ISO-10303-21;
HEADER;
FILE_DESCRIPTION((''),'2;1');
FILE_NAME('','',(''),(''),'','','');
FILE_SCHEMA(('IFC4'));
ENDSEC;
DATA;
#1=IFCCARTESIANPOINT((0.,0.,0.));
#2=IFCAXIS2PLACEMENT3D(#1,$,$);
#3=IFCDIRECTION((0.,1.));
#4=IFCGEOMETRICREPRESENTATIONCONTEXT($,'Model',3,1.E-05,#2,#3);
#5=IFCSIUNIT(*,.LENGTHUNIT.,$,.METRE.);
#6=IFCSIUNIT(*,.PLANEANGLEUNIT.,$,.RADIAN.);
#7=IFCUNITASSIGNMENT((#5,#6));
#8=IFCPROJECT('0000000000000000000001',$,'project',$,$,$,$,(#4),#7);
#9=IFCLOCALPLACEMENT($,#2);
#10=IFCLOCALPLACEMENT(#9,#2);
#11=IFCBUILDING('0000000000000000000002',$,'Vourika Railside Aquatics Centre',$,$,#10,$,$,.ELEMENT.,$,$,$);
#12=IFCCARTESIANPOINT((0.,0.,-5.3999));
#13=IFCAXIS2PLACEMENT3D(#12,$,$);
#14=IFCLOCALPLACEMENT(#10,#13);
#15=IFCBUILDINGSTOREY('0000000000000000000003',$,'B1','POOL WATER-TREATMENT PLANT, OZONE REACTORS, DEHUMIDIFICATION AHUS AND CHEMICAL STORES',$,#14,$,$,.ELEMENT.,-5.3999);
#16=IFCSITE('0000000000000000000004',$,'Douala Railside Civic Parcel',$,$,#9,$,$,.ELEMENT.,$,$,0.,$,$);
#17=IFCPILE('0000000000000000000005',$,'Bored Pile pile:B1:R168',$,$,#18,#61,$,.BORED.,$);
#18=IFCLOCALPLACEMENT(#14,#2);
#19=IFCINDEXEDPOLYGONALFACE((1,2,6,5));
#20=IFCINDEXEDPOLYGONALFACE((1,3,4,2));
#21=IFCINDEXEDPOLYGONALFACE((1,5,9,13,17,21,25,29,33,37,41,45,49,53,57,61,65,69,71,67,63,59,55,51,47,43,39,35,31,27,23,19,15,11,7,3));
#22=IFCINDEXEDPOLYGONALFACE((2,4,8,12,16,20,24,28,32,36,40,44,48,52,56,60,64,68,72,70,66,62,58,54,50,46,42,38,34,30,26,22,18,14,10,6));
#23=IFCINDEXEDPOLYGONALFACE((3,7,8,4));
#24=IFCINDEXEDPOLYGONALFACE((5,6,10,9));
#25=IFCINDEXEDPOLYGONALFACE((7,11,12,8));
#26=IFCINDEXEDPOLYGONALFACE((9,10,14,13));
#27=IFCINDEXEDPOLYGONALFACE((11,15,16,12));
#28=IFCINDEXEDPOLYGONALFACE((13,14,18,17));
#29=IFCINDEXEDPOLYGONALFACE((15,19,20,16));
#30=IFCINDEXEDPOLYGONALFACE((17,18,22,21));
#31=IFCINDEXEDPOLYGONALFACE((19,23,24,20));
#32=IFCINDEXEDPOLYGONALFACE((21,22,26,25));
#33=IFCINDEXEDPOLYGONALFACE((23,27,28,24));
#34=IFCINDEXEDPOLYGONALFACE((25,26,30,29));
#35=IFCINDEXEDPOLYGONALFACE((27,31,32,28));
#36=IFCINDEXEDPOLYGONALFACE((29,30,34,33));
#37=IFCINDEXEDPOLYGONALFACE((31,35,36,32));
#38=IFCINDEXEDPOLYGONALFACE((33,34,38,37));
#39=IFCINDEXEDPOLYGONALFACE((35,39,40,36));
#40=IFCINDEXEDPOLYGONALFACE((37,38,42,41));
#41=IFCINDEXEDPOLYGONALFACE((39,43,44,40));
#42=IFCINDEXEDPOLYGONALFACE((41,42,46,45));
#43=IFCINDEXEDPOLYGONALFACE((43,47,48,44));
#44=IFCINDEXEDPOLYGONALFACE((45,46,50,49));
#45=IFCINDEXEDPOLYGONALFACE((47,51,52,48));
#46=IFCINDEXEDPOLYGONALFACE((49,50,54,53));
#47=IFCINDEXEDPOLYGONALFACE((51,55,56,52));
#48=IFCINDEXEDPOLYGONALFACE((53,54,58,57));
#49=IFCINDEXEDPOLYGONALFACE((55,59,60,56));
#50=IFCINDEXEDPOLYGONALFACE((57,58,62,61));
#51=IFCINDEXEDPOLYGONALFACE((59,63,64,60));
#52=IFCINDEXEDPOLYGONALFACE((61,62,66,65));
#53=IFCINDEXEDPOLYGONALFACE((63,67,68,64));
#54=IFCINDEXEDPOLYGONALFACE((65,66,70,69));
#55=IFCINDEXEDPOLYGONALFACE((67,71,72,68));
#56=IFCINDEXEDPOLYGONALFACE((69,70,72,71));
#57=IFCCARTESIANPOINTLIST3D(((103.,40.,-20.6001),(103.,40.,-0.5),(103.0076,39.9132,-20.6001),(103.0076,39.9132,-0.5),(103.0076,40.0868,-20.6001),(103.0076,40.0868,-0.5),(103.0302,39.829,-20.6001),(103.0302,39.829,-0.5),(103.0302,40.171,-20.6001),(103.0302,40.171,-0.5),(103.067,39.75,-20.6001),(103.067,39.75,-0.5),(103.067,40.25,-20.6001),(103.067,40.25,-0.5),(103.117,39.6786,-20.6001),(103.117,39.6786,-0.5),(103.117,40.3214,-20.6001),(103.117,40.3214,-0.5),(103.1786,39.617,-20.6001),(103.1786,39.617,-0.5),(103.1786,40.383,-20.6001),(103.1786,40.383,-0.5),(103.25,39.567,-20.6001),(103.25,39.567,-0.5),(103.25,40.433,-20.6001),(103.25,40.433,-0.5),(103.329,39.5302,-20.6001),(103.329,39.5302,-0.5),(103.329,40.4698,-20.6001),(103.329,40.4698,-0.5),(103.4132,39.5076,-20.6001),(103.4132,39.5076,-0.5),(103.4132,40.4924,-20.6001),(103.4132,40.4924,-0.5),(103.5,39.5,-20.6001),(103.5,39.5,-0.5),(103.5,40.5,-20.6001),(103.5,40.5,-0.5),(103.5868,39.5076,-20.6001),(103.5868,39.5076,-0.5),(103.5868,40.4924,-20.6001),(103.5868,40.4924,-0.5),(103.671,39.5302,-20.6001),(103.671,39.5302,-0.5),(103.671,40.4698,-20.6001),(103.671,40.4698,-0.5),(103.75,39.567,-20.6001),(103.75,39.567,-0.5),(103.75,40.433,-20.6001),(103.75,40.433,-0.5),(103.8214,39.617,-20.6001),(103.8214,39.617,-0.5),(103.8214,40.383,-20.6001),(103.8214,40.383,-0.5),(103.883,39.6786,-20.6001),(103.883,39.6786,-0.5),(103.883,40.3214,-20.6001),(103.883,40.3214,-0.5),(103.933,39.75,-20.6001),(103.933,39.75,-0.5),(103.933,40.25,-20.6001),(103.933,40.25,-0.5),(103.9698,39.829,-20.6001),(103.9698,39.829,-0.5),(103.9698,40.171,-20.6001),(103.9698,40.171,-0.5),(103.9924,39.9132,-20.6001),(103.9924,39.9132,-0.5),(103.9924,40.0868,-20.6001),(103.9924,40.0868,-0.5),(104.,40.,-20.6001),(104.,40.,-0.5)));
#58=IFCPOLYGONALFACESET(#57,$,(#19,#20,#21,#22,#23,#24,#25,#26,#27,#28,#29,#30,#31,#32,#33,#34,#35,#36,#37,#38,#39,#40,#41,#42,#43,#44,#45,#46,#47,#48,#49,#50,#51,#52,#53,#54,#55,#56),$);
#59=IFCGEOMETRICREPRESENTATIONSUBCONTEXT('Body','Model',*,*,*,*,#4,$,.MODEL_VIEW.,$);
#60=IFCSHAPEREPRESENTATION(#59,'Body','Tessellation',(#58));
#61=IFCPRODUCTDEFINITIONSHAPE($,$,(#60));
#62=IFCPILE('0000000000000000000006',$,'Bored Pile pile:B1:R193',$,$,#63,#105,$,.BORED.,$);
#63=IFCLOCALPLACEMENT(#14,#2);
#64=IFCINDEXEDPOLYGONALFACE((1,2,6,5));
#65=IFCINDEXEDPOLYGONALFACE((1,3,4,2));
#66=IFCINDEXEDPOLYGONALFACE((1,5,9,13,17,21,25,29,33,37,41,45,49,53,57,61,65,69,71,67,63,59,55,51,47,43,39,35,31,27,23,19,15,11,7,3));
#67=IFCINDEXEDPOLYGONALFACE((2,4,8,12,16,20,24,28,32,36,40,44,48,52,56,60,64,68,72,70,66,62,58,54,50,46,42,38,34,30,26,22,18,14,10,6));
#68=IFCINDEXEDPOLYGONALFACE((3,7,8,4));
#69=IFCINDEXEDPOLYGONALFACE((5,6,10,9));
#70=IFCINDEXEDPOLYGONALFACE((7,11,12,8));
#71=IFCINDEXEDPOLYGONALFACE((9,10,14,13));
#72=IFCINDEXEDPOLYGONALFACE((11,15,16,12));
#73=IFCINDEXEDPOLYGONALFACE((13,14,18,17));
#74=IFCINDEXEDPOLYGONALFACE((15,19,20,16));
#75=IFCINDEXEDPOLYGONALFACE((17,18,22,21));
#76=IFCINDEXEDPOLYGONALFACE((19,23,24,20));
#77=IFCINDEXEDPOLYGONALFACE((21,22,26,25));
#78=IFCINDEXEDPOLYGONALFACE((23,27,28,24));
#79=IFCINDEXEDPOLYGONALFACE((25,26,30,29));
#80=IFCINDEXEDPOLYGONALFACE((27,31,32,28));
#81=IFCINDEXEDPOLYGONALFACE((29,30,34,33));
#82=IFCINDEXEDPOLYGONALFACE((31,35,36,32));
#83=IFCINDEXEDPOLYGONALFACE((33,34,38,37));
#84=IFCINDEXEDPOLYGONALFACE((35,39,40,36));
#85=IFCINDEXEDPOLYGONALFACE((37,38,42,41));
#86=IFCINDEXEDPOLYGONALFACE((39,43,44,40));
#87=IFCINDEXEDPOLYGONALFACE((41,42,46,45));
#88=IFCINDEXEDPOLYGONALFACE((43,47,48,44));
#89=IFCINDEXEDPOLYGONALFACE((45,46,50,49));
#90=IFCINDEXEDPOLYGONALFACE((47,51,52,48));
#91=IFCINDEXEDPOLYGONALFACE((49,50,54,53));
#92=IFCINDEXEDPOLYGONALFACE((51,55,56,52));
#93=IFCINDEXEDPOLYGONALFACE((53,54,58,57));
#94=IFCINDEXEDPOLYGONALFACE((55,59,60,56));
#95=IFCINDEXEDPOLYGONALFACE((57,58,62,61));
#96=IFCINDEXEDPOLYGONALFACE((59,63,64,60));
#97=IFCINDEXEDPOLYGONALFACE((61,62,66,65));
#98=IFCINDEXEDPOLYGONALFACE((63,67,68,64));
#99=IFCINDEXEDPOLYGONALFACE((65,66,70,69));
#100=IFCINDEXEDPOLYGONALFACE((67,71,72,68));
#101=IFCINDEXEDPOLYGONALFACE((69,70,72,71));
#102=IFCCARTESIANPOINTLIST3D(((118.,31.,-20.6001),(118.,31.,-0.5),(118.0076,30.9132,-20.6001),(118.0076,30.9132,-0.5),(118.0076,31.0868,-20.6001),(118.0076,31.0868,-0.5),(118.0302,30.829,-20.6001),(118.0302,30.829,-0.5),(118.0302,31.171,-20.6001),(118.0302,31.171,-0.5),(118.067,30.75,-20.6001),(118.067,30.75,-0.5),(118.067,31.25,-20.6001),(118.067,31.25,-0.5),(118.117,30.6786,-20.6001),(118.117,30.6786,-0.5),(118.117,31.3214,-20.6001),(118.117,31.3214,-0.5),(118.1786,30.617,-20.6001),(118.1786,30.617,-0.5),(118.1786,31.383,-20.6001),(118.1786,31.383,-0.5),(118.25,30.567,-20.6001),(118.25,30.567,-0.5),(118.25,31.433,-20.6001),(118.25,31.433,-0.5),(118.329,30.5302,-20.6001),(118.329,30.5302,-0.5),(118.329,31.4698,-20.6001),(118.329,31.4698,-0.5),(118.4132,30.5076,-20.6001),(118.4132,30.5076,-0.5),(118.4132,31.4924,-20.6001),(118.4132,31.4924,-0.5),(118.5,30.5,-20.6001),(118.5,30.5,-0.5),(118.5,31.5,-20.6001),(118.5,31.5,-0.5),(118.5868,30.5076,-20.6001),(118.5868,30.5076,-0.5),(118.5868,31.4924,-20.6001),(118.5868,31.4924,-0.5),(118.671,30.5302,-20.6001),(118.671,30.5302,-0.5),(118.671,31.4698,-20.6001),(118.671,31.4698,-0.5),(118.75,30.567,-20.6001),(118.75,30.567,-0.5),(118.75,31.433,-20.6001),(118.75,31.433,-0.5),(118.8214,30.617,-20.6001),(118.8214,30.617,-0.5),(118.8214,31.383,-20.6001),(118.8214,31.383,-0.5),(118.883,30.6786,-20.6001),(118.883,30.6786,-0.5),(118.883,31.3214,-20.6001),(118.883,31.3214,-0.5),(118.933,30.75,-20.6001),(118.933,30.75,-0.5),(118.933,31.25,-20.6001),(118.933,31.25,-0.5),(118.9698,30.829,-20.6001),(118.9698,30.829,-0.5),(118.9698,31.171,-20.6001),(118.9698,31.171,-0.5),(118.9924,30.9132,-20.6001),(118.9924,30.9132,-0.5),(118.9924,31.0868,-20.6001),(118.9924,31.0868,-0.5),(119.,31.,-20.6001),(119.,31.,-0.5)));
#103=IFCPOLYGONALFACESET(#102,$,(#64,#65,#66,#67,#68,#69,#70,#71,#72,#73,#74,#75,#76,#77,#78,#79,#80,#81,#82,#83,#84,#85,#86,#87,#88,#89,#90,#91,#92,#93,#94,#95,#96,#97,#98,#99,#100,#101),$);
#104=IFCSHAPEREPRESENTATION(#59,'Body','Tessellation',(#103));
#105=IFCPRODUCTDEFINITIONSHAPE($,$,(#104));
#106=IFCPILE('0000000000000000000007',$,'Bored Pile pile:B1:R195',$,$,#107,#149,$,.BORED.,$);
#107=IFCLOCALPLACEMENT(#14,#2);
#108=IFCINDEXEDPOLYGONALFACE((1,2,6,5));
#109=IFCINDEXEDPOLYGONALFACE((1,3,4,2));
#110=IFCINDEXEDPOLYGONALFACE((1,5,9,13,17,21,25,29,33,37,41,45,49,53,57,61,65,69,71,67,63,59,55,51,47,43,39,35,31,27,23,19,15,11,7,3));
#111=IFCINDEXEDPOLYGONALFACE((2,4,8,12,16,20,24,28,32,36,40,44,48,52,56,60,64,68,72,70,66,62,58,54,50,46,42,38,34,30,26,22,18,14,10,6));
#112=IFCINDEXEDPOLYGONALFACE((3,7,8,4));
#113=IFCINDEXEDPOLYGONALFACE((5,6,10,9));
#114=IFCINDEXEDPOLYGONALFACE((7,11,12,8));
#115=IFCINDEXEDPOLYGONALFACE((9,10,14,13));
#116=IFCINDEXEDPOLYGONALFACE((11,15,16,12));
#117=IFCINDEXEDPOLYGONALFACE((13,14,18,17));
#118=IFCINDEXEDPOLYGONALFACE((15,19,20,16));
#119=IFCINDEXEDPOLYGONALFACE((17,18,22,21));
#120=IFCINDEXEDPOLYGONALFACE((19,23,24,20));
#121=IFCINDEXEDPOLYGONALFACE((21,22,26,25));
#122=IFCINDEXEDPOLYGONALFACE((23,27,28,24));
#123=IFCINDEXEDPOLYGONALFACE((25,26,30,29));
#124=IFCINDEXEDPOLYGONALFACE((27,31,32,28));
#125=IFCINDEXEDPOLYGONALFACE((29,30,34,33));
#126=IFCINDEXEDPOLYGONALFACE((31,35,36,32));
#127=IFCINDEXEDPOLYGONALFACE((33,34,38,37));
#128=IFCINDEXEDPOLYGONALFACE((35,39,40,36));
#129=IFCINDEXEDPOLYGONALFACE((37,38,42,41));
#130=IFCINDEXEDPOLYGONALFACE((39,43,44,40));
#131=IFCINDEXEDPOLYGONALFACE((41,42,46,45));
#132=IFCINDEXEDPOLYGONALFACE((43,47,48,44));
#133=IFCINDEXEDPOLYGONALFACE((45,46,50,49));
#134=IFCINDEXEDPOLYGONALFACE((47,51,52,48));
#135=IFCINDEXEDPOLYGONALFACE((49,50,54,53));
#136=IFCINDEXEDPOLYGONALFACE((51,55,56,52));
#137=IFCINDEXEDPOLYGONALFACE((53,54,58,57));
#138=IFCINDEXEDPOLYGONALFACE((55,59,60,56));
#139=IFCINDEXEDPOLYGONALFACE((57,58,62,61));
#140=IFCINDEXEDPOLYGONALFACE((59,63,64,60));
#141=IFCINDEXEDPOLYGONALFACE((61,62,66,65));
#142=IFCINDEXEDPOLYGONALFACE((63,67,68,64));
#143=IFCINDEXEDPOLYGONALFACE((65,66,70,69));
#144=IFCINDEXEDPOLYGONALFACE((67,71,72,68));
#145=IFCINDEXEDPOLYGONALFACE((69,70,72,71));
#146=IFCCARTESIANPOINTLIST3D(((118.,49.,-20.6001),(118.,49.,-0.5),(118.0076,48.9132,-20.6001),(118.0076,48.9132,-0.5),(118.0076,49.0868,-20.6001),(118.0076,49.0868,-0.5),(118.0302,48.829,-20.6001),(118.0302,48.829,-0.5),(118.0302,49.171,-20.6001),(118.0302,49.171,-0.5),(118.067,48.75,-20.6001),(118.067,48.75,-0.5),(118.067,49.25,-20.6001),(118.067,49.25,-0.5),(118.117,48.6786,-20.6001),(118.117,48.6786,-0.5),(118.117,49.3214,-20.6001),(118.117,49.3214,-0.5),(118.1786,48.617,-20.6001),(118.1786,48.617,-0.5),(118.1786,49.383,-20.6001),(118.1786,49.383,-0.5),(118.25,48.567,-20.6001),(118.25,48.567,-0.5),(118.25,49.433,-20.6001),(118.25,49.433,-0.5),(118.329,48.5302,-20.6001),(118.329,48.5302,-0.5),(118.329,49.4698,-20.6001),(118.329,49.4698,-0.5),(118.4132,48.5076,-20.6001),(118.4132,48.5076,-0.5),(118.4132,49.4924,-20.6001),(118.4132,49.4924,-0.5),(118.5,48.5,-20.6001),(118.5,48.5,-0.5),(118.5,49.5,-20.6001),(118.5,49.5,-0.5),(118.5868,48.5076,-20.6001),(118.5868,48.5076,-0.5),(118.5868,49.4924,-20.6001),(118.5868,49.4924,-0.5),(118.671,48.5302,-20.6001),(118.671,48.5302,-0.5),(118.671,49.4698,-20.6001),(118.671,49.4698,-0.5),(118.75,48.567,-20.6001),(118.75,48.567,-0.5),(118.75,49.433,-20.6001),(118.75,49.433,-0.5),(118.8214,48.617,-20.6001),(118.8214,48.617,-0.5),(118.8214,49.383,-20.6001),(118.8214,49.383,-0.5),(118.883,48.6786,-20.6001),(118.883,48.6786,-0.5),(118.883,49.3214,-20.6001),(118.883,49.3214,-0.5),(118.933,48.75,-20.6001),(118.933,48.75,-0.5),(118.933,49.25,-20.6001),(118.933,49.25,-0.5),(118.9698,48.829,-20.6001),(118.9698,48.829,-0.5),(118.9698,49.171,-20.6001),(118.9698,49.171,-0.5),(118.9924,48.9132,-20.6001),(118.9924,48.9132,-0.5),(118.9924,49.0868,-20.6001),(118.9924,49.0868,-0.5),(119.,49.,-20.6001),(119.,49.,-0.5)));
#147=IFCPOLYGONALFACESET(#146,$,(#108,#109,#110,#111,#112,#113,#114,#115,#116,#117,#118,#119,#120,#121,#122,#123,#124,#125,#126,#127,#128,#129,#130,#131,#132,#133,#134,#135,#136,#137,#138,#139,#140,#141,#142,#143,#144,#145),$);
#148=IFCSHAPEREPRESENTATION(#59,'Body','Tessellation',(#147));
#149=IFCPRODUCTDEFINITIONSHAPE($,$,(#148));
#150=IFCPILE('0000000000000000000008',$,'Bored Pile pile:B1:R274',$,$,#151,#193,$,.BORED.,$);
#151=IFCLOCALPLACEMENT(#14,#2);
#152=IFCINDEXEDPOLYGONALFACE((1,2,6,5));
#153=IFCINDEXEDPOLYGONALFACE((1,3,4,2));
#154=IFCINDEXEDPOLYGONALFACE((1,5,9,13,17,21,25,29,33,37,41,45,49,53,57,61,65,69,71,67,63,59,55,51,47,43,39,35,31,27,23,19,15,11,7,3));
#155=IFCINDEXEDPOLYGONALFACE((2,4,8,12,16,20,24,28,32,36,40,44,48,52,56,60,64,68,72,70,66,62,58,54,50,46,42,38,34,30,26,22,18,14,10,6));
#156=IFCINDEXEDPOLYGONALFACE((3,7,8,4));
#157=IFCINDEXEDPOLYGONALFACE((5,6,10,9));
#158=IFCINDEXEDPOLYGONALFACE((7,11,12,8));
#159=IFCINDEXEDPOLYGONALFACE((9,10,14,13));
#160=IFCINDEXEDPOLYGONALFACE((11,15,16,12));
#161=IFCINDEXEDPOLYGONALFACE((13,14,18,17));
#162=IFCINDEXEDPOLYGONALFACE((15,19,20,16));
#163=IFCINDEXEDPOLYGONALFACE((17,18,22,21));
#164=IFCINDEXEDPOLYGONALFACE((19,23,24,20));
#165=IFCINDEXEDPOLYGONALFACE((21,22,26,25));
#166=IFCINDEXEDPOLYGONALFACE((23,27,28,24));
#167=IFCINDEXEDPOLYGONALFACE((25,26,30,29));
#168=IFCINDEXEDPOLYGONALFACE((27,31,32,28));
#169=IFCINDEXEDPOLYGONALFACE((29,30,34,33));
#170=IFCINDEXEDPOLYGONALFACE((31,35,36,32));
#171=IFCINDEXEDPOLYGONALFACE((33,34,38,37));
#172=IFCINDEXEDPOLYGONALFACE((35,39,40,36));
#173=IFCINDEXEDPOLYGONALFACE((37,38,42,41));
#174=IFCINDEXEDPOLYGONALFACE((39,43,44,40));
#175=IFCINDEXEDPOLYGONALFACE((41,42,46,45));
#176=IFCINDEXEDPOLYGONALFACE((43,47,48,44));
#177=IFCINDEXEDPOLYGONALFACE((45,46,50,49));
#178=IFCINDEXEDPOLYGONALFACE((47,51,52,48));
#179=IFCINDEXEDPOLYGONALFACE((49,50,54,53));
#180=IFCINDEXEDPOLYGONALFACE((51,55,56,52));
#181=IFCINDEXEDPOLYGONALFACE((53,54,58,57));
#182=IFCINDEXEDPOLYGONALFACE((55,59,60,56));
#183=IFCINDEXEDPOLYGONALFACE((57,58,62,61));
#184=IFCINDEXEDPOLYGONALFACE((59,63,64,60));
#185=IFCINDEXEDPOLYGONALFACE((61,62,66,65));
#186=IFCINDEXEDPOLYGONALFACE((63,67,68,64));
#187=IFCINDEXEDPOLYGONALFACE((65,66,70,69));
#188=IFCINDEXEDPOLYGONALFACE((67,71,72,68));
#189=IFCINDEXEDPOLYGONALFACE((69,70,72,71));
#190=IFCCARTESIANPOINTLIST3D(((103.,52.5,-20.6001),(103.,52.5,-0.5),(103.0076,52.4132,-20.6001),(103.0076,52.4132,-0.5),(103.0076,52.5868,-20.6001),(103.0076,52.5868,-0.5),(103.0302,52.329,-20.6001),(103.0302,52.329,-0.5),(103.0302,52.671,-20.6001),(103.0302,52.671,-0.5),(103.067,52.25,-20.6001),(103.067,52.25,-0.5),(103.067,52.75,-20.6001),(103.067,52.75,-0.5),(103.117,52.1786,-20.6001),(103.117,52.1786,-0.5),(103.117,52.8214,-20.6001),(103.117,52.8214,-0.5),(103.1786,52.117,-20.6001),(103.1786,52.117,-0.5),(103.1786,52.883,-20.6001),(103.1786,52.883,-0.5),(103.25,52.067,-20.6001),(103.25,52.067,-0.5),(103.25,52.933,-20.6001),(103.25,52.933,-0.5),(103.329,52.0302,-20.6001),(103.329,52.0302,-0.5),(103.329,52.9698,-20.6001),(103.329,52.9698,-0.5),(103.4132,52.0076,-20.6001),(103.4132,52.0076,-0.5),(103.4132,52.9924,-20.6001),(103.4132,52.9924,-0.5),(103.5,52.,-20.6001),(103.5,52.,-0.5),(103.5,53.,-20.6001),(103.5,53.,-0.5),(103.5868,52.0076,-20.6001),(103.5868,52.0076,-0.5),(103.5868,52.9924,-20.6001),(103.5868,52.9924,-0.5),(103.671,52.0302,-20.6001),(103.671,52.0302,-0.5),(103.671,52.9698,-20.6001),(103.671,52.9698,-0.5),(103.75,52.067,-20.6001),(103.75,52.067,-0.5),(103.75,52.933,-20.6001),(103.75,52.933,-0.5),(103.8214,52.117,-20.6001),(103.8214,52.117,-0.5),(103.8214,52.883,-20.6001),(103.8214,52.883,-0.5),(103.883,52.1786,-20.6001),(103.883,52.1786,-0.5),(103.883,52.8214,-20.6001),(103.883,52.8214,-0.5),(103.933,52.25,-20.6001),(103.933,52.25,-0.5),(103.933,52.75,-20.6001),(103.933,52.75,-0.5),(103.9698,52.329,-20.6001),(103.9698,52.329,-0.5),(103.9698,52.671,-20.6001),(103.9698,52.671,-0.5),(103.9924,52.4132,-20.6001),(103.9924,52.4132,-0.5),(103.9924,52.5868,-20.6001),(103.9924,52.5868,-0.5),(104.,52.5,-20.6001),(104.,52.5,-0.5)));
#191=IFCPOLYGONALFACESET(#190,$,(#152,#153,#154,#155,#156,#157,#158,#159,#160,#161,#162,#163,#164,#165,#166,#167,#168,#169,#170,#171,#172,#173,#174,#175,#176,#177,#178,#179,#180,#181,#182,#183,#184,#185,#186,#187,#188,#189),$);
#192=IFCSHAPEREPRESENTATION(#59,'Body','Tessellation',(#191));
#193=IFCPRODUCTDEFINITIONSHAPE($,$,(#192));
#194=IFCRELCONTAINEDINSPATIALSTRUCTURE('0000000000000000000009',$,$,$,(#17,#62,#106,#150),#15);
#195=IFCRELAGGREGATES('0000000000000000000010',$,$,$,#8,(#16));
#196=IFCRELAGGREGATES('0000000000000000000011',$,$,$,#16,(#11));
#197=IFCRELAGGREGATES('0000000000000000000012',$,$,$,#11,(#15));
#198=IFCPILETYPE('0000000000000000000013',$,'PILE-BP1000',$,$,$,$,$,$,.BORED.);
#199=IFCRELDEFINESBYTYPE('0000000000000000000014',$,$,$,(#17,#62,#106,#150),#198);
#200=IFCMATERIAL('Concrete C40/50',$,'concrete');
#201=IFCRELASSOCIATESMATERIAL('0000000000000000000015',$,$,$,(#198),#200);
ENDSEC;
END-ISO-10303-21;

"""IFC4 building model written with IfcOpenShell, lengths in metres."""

from ifc_helpers import new_model, si_unit, direction, frame, origin, origin_2d, place, context, subcontext, project, spatial, circle, extrude, material, material_profile, profile_set, type_object, element, save


model = new_model("IFC4")

# Units and contexts
model_context = context("Model", 3, precision=1e-05, world=origin(), true_north=direction((0.0, 1.0)))
body_context = subcontext(model_context, "Body", "Model", "MODEL_VIEW")
ifc_project = project(units=[si_unit("LENGTHUNIT", "METRE"), si_unit("PLANEANGLEUNIT", "RADIAN")], contexts=[model_context])

# Site, building, storey
site_placement = place(None, origin())
site = spatial("IfcSite", under=ifc_project, at=site_placement, Name="Douala Railside Civic Parcel", CompositionType="ELEMENT", RefElevation=0.0)
building_placement = place(site_placement, origin())
building = spatial("IfcBuilding", under=site, at=building_placement, Name="Vourika Railside Aquatics Centre", CompositionType="ELEMENT")
storey_placement = place(building_placement, frame((0.0, 0.0, -5.3999)))
storey = spatial("IfcBuildingStorey", under=building, at=storey_placement, Name="B1", Description="POOL WATER-TREATMENT PLANT, OZONE REACTORS, DEHUMIDIFICATION AHUS AND CHEMICAL STORES", CompositionType="ELEMENT", Elevation=-5.3999)

# Piles
ifc_material_1 = material(Name="Concrete C40/50", Category="concrete")
ifc_material_profile_1 = material_profile(ifc_material_1, circle(Radius=0.5, at=origin_2d()), Name="BP 1000")
ifc_profile_set_1 = profile_set([ifc_material_profile_1], Name="Concrete C40/50")
pile_type_1 = type_object("IfcPileType", Name="PILE-BP1000", PredefinedType="BORED", material=ifc_profile_set_1)
for number, where, z_axis, x_axis, name in (
    (1, (103.5, 40.0, -0.5), (0.0, 0.0, -1.0), (1.0, 0.0, 0.0), "Bored Pile pile:B1:R168"),
    (2, (118.5, 31.0, -0.5), (0.0, 0.0, -1.0), (1.0, 0.0, 0.0), "Bored Pile pile:B1:R193"),
    (3, (118.5, 49.0, -0.5), (0.0, 0.0, -1.0), (1.0, 0.0, 0.0), "Bored Pile pile:B1:R195"),
    (4, (103.5, 52.5, -0.5), (0.0, 0.0, -1.0), (1.0, 0.0, 0.0), "Bored Pile pile:B1:R274"),
):
    element("IfcPile", number, at=place(storey_placement, frame(where, z_axis=z_axis, x_axis=x_axis)), inside=storey, type_object=pile_type_1, Name=name, PredefinedType="BORED", context=body_context, shape_type="SweptSolid", body=[
        extrude(circle(Radius=0.5, at=origin_2d()), origin(), (0.0, 0.0, 1.0), 20.1001),
    ])

save(model, "model.ifc")
